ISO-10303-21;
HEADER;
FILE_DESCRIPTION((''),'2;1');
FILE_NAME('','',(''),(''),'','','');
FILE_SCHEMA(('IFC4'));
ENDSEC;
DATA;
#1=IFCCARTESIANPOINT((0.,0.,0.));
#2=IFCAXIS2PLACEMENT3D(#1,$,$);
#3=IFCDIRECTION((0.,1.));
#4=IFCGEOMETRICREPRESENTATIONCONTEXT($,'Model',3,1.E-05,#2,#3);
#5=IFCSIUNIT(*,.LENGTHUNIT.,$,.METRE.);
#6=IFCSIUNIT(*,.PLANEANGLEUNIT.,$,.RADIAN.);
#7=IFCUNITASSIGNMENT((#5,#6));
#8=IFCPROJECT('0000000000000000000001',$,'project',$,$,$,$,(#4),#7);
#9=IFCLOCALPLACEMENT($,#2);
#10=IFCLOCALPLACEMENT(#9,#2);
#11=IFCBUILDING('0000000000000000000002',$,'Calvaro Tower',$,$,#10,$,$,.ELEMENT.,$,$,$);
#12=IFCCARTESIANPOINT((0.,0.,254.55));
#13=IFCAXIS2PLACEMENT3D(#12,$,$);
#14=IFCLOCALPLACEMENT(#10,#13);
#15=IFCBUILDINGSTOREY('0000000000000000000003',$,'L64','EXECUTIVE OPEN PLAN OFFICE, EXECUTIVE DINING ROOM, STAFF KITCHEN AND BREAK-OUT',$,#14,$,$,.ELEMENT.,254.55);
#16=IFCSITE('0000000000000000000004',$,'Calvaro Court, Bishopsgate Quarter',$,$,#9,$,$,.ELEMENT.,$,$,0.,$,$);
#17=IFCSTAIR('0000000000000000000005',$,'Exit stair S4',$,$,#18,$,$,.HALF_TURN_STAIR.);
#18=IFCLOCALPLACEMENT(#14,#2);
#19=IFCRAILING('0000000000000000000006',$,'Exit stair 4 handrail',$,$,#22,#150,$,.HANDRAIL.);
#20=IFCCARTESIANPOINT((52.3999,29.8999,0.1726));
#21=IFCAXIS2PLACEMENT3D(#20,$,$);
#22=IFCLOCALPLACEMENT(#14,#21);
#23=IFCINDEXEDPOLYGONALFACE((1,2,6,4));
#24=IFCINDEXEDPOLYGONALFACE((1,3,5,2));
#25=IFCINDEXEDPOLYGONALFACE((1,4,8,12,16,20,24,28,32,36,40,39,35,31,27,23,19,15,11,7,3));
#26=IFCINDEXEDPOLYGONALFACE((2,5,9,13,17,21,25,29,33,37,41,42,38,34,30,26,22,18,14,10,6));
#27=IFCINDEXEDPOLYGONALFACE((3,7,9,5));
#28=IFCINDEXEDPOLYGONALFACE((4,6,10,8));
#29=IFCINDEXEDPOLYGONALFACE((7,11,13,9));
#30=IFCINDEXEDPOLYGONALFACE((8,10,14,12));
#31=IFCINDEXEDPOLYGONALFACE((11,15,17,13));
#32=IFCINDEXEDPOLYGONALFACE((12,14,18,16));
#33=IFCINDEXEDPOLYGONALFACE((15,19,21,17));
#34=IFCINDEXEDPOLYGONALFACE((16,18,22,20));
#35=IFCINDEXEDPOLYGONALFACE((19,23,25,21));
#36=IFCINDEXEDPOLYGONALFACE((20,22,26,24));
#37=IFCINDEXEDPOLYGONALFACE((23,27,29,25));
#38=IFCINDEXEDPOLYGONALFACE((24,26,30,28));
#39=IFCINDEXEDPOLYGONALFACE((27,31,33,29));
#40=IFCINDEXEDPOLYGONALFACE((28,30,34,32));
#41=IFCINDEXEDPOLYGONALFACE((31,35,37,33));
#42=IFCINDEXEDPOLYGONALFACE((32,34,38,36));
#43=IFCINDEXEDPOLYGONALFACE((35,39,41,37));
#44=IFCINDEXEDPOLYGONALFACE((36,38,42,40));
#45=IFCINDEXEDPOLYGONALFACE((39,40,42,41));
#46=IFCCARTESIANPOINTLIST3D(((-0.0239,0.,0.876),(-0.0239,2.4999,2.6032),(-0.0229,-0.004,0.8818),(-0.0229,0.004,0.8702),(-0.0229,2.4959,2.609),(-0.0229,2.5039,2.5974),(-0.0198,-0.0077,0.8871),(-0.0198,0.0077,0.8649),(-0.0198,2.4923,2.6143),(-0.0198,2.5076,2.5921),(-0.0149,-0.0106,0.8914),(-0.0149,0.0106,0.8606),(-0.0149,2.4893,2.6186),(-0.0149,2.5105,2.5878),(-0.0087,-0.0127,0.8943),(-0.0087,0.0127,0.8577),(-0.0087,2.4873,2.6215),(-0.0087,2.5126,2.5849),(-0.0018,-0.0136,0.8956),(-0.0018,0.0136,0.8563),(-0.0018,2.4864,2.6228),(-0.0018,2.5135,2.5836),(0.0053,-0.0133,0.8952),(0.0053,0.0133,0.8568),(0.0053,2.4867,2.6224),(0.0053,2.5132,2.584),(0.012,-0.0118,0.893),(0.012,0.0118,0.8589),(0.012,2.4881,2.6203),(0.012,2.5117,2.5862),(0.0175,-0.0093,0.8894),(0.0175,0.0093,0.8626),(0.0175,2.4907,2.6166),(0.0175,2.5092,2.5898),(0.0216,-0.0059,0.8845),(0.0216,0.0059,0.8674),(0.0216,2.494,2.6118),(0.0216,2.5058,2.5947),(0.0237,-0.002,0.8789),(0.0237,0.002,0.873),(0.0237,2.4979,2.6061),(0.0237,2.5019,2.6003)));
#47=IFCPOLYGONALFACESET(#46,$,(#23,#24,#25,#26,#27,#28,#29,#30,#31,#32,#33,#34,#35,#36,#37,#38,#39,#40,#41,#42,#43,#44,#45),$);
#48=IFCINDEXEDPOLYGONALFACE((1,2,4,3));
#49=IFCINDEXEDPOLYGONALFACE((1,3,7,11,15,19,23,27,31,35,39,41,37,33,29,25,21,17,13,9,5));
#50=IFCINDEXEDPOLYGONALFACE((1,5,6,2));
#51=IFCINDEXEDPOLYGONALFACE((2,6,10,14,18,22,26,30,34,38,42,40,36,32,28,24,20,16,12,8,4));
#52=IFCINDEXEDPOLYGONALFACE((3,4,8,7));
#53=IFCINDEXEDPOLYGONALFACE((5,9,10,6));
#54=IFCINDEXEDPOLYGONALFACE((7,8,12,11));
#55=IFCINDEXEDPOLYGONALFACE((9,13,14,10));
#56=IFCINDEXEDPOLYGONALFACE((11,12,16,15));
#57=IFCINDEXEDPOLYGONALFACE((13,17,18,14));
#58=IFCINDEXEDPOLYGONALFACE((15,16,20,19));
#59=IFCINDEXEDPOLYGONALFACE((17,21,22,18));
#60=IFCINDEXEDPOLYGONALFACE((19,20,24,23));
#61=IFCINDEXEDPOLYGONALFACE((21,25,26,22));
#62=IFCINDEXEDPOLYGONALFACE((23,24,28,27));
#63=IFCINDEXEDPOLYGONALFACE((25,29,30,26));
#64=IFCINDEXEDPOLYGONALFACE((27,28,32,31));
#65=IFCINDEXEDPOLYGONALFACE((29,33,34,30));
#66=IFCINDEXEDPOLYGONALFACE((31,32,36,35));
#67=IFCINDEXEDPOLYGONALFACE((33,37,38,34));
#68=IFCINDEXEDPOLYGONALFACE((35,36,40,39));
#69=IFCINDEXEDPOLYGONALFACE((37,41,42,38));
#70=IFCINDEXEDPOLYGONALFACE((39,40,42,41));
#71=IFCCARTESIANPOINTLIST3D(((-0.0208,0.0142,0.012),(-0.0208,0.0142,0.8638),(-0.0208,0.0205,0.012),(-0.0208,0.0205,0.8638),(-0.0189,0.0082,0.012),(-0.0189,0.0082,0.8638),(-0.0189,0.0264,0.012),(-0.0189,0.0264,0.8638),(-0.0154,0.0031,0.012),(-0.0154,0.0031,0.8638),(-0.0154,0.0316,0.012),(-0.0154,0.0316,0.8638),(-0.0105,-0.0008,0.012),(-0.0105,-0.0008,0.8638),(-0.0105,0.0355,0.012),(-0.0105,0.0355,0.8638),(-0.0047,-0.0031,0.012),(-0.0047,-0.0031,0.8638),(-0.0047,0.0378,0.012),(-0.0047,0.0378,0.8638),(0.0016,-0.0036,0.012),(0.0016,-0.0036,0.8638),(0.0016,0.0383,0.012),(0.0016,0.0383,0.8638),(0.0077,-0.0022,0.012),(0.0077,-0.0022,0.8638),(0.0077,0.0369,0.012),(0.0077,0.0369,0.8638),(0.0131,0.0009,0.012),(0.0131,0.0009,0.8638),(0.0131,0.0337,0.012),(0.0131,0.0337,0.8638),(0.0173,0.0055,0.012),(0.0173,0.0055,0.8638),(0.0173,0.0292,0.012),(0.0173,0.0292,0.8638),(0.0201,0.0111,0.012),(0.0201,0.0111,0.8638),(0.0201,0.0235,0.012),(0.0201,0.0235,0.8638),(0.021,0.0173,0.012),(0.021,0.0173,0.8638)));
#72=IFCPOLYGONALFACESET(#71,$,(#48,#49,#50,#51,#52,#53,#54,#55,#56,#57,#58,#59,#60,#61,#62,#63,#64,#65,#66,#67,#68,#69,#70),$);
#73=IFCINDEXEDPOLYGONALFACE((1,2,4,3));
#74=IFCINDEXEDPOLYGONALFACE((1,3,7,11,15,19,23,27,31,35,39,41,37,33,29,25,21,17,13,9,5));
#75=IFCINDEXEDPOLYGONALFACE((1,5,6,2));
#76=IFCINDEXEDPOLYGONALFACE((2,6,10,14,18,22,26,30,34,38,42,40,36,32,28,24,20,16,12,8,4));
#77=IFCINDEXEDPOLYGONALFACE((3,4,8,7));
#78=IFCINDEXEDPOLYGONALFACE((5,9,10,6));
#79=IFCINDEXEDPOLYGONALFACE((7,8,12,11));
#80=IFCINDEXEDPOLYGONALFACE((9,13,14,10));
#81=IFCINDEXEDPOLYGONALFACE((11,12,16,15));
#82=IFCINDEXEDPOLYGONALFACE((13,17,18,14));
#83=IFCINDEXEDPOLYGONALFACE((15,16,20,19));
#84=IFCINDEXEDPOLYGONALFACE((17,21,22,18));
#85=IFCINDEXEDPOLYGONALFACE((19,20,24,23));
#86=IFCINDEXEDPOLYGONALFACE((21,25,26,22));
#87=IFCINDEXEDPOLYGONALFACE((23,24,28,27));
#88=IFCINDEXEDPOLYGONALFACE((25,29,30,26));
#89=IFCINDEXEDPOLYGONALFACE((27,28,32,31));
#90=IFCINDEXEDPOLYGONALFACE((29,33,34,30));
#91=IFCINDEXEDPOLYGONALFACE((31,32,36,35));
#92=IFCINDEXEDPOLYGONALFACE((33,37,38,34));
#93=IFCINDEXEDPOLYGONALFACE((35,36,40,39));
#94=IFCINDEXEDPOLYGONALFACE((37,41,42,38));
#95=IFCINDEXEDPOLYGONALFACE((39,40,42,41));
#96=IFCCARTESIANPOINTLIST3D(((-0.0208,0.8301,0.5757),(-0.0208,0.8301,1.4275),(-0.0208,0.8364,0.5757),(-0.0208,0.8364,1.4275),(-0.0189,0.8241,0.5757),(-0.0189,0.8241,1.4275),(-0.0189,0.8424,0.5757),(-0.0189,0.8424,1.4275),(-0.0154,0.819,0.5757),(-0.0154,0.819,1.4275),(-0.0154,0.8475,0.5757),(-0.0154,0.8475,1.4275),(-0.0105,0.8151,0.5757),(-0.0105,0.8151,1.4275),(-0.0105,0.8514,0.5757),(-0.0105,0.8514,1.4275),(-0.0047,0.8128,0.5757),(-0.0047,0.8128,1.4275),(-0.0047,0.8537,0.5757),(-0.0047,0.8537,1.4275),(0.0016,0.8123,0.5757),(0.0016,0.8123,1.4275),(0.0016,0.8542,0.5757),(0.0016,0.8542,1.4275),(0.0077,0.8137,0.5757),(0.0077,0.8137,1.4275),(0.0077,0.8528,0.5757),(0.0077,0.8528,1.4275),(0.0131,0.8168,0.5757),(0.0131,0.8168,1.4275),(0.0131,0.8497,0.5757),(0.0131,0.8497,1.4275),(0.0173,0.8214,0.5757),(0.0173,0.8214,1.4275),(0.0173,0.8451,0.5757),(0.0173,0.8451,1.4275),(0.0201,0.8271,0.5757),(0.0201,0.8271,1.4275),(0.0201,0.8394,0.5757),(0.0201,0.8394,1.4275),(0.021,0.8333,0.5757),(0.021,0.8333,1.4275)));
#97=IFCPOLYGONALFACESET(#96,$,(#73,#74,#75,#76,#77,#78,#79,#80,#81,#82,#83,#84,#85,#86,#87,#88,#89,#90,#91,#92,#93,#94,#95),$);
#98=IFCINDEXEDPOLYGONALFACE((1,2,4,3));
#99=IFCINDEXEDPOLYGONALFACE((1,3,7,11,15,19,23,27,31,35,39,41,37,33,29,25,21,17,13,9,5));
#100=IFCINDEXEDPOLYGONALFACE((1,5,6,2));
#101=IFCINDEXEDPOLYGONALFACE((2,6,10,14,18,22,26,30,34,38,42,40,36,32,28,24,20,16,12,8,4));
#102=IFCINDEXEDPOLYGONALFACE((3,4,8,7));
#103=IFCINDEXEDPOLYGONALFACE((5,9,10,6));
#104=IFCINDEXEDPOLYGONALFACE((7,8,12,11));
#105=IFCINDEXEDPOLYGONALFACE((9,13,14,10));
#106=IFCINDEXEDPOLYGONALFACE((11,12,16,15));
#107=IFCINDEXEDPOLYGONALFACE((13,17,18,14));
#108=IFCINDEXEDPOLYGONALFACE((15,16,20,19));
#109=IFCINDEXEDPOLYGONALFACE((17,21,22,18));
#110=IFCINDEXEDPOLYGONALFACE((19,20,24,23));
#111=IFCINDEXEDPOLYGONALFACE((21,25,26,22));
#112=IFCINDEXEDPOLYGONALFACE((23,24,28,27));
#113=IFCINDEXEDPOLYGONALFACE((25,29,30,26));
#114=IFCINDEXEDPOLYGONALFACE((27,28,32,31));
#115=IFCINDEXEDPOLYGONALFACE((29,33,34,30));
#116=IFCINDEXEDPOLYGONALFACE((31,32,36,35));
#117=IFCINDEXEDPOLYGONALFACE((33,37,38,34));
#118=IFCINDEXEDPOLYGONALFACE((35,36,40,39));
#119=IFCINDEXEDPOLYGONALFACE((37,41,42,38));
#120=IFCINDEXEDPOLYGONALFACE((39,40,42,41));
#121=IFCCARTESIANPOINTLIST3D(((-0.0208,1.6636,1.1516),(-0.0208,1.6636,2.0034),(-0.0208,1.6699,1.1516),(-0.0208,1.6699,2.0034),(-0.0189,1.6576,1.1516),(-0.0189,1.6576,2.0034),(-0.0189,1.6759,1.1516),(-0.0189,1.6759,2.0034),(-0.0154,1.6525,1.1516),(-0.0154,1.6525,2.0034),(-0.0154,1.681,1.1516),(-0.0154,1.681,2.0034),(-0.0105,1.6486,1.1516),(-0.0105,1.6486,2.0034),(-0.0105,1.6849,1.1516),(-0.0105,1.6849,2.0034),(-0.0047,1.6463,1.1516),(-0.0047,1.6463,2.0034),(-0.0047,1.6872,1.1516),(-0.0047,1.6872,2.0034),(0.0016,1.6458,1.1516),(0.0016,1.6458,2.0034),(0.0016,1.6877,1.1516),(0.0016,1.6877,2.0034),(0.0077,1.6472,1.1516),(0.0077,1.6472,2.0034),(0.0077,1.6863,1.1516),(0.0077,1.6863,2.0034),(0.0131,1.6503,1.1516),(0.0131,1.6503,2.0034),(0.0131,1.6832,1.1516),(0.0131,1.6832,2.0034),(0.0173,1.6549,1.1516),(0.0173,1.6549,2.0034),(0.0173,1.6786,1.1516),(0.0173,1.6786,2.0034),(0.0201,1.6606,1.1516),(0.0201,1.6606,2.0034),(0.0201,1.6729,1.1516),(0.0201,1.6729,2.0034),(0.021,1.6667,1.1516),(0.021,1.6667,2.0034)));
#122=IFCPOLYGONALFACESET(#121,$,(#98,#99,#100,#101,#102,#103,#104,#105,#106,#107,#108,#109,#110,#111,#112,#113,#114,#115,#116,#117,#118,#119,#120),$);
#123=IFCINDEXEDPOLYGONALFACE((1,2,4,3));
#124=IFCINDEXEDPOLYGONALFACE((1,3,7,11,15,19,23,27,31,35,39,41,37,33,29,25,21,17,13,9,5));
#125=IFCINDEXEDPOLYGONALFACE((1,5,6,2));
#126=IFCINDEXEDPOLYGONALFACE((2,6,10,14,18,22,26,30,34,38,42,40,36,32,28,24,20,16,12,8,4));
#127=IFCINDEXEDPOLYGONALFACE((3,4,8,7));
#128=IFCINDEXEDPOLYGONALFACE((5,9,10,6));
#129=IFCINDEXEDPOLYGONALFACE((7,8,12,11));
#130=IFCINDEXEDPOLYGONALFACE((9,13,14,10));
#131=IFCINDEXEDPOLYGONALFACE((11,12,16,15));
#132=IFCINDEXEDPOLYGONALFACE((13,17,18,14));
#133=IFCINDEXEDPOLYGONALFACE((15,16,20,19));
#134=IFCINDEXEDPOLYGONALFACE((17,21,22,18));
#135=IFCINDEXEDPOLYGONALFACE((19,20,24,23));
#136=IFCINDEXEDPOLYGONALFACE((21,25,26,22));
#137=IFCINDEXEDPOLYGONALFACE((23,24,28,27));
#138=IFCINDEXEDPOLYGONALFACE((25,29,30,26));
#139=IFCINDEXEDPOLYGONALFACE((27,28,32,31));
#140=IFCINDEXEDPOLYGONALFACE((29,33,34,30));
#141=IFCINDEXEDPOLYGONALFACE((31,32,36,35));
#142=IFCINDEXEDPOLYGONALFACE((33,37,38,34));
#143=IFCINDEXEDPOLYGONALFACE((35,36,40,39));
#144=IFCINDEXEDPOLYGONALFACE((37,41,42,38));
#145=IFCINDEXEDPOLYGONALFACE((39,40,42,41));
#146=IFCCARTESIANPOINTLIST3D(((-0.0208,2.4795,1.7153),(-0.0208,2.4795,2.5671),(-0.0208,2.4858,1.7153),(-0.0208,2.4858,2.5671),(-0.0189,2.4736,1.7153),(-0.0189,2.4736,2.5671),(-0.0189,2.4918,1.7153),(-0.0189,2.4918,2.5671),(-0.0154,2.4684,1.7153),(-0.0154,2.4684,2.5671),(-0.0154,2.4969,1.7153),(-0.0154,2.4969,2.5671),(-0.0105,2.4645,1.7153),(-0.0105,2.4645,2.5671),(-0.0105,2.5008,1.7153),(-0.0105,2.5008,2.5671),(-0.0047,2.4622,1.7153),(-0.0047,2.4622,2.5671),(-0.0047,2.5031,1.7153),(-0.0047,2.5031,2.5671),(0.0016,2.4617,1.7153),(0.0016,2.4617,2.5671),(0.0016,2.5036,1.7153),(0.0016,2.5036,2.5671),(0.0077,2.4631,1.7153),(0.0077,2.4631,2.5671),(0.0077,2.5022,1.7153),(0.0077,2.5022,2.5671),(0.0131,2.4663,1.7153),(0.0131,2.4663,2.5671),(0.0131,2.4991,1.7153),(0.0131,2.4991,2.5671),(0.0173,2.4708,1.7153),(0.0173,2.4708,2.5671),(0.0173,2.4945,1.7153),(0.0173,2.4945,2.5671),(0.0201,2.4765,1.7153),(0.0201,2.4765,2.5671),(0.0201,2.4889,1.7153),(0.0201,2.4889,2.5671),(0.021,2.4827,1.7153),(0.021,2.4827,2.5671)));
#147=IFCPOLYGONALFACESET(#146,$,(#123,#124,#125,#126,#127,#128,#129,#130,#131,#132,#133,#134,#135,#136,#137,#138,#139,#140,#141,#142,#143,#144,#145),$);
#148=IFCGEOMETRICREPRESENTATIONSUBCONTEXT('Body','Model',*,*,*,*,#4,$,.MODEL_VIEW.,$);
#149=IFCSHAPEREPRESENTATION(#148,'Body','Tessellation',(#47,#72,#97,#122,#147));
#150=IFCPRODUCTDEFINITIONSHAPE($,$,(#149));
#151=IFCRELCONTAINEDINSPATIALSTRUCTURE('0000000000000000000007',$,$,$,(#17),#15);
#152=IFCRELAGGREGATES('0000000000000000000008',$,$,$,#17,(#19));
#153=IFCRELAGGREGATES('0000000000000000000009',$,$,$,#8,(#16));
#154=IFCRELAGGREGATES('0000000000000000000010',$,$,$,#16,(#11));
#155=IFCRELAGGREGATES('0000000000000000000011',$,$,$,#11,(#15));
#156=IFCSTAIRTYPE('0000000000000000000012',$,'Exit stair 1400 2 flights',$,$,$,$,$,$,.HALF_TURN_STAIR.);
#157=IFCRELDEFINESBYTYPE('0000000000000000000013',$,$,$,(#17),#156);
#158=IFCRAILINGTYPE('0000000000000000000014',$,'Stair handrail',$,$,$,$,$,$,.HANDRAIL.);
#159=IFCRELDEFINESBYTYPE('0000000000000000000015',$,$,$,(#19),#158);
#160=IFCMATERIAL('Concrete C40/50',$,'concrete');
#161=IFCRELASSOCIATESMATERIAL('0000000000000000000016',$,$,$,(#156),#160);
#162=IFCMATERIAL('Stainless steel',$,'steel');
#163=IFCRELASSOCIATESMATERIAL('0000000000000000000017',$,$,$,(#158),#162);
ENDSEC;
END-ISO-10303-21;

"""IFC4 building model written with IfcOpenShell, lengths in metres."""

from ifc_helpers import new_model, si_unit, direction, frame, origin, origin_2d, place, context, subcontext, project, spatial, circle, extrude, material, type_object, element, aggregate, save


model = new_model("IFC4")

# Units and contexts
model_context = context("Model", 3, precision=1e-05, world=origin(), true_north=direction((0.0, 1.0)))
body_context = subcontext(model_context, "Body", "Model", "MODEL_VIEW")
ifc_project = project(units=[si_unit("LENGTHUNIT", "METRE"), si_unit("PLANEANGLEUNIT", "RADIAN")], contexts=[model_context])

# Site, building, storey
site_placement = place(None, origin())
site = spatial("IfcSite", under=ifc_project, at=site_placement, Name="Calvaro Court, Bishopsgate Quarter", CompositionType="ELEMENT", RefElevation=0.0)
building_placement = place(site_placement, origin())
building = spatial("IfcBuilding", under=site, at=building_placement, Name="Calvaro Tower", CompositionType="ELEMENT")
storey_placement = place(building_placement, frame((0.0, 0.0, 254.55)))
storey = spatial("IfcBuildingStorey", under=building, at=storey_placement, Name="L64", Description="EXECUTIVE OPEN PLAN OFFICE, EXECUTIVE DINING ROOM, STAFF KITCHEN AND BREAK-OUT", CompositionType="ELEMENT", Elevation=254.55)

# Stair
ifc_material_1 = material(Name="Concrete C40/50", Category="concrete")
stair_type = type_object("IfcStairType", Name="Exit stair 1400 2 flights", PredefinedType="HALF_TURN_STAIR", material=ifc_material_1)
stair_1_placement = place(storey_placement, origin())
stair_1 = element("IfcStair", 1, at=stair_1_placement, inside=storey, type_object=stair_type, Name="Exit stair S4", PredefinedType="HALF_TURN_STAIR")

# Railing
ifc_material_2 = material(Name="Stainless steel", Category="steel")
railing_type = type_object("IfcRailingType", Name="Stair handrail", PredefinedType="HANDRAIL", material=ifc_material_2)
railing_1_placement = place(storey_placement, frame((52.3999, 29.8999, 0.1726)))
railing_1 = element("IfcRailing", 2, at=railing_1_placement, type_object=railing_type, Name="Exit stair 4 handrail", PredefinedType="HANDRAIL", context=body_context, shape_type="SweptSolid", body=[
    extrude(circle(Radius=0.0239, at=origin_2d()), frame((0.0, 0.0, 0.876), z_axis=(0.0, 0.822727, 0.568437), x_axis=(-1.0, 0.0, 0.0)), (0.0, 0.0, 1.0), 3.0386),
    extrude(circle(Radius=0.021, at=origin_2d()), frame((0.0, 0.0173, 0.012)), (0.0, 0.0, 1.0), 0.8518),
    extrude(circle(Radius=0.021, at=origin_2d()), frame((0.0, 0.8333, 0.5757)), (0.0, 0.0, 1.0), 0.8518),
    extrude(circle(Radius=0.021, at=origin_2d()), frame((0.0, 1.6667, 1.1516)), (0.0, 0.0, 1.0), 0.8518),
    extrude(circle(Radius=0.021, at=origin_2d()), frame((0.0, 2.4827, 1.7153)), (0.0, 0.0, 1.0), 0.8518),
])
aggregate(stair_1, [railing_1])

save(model, "model.ifc")
